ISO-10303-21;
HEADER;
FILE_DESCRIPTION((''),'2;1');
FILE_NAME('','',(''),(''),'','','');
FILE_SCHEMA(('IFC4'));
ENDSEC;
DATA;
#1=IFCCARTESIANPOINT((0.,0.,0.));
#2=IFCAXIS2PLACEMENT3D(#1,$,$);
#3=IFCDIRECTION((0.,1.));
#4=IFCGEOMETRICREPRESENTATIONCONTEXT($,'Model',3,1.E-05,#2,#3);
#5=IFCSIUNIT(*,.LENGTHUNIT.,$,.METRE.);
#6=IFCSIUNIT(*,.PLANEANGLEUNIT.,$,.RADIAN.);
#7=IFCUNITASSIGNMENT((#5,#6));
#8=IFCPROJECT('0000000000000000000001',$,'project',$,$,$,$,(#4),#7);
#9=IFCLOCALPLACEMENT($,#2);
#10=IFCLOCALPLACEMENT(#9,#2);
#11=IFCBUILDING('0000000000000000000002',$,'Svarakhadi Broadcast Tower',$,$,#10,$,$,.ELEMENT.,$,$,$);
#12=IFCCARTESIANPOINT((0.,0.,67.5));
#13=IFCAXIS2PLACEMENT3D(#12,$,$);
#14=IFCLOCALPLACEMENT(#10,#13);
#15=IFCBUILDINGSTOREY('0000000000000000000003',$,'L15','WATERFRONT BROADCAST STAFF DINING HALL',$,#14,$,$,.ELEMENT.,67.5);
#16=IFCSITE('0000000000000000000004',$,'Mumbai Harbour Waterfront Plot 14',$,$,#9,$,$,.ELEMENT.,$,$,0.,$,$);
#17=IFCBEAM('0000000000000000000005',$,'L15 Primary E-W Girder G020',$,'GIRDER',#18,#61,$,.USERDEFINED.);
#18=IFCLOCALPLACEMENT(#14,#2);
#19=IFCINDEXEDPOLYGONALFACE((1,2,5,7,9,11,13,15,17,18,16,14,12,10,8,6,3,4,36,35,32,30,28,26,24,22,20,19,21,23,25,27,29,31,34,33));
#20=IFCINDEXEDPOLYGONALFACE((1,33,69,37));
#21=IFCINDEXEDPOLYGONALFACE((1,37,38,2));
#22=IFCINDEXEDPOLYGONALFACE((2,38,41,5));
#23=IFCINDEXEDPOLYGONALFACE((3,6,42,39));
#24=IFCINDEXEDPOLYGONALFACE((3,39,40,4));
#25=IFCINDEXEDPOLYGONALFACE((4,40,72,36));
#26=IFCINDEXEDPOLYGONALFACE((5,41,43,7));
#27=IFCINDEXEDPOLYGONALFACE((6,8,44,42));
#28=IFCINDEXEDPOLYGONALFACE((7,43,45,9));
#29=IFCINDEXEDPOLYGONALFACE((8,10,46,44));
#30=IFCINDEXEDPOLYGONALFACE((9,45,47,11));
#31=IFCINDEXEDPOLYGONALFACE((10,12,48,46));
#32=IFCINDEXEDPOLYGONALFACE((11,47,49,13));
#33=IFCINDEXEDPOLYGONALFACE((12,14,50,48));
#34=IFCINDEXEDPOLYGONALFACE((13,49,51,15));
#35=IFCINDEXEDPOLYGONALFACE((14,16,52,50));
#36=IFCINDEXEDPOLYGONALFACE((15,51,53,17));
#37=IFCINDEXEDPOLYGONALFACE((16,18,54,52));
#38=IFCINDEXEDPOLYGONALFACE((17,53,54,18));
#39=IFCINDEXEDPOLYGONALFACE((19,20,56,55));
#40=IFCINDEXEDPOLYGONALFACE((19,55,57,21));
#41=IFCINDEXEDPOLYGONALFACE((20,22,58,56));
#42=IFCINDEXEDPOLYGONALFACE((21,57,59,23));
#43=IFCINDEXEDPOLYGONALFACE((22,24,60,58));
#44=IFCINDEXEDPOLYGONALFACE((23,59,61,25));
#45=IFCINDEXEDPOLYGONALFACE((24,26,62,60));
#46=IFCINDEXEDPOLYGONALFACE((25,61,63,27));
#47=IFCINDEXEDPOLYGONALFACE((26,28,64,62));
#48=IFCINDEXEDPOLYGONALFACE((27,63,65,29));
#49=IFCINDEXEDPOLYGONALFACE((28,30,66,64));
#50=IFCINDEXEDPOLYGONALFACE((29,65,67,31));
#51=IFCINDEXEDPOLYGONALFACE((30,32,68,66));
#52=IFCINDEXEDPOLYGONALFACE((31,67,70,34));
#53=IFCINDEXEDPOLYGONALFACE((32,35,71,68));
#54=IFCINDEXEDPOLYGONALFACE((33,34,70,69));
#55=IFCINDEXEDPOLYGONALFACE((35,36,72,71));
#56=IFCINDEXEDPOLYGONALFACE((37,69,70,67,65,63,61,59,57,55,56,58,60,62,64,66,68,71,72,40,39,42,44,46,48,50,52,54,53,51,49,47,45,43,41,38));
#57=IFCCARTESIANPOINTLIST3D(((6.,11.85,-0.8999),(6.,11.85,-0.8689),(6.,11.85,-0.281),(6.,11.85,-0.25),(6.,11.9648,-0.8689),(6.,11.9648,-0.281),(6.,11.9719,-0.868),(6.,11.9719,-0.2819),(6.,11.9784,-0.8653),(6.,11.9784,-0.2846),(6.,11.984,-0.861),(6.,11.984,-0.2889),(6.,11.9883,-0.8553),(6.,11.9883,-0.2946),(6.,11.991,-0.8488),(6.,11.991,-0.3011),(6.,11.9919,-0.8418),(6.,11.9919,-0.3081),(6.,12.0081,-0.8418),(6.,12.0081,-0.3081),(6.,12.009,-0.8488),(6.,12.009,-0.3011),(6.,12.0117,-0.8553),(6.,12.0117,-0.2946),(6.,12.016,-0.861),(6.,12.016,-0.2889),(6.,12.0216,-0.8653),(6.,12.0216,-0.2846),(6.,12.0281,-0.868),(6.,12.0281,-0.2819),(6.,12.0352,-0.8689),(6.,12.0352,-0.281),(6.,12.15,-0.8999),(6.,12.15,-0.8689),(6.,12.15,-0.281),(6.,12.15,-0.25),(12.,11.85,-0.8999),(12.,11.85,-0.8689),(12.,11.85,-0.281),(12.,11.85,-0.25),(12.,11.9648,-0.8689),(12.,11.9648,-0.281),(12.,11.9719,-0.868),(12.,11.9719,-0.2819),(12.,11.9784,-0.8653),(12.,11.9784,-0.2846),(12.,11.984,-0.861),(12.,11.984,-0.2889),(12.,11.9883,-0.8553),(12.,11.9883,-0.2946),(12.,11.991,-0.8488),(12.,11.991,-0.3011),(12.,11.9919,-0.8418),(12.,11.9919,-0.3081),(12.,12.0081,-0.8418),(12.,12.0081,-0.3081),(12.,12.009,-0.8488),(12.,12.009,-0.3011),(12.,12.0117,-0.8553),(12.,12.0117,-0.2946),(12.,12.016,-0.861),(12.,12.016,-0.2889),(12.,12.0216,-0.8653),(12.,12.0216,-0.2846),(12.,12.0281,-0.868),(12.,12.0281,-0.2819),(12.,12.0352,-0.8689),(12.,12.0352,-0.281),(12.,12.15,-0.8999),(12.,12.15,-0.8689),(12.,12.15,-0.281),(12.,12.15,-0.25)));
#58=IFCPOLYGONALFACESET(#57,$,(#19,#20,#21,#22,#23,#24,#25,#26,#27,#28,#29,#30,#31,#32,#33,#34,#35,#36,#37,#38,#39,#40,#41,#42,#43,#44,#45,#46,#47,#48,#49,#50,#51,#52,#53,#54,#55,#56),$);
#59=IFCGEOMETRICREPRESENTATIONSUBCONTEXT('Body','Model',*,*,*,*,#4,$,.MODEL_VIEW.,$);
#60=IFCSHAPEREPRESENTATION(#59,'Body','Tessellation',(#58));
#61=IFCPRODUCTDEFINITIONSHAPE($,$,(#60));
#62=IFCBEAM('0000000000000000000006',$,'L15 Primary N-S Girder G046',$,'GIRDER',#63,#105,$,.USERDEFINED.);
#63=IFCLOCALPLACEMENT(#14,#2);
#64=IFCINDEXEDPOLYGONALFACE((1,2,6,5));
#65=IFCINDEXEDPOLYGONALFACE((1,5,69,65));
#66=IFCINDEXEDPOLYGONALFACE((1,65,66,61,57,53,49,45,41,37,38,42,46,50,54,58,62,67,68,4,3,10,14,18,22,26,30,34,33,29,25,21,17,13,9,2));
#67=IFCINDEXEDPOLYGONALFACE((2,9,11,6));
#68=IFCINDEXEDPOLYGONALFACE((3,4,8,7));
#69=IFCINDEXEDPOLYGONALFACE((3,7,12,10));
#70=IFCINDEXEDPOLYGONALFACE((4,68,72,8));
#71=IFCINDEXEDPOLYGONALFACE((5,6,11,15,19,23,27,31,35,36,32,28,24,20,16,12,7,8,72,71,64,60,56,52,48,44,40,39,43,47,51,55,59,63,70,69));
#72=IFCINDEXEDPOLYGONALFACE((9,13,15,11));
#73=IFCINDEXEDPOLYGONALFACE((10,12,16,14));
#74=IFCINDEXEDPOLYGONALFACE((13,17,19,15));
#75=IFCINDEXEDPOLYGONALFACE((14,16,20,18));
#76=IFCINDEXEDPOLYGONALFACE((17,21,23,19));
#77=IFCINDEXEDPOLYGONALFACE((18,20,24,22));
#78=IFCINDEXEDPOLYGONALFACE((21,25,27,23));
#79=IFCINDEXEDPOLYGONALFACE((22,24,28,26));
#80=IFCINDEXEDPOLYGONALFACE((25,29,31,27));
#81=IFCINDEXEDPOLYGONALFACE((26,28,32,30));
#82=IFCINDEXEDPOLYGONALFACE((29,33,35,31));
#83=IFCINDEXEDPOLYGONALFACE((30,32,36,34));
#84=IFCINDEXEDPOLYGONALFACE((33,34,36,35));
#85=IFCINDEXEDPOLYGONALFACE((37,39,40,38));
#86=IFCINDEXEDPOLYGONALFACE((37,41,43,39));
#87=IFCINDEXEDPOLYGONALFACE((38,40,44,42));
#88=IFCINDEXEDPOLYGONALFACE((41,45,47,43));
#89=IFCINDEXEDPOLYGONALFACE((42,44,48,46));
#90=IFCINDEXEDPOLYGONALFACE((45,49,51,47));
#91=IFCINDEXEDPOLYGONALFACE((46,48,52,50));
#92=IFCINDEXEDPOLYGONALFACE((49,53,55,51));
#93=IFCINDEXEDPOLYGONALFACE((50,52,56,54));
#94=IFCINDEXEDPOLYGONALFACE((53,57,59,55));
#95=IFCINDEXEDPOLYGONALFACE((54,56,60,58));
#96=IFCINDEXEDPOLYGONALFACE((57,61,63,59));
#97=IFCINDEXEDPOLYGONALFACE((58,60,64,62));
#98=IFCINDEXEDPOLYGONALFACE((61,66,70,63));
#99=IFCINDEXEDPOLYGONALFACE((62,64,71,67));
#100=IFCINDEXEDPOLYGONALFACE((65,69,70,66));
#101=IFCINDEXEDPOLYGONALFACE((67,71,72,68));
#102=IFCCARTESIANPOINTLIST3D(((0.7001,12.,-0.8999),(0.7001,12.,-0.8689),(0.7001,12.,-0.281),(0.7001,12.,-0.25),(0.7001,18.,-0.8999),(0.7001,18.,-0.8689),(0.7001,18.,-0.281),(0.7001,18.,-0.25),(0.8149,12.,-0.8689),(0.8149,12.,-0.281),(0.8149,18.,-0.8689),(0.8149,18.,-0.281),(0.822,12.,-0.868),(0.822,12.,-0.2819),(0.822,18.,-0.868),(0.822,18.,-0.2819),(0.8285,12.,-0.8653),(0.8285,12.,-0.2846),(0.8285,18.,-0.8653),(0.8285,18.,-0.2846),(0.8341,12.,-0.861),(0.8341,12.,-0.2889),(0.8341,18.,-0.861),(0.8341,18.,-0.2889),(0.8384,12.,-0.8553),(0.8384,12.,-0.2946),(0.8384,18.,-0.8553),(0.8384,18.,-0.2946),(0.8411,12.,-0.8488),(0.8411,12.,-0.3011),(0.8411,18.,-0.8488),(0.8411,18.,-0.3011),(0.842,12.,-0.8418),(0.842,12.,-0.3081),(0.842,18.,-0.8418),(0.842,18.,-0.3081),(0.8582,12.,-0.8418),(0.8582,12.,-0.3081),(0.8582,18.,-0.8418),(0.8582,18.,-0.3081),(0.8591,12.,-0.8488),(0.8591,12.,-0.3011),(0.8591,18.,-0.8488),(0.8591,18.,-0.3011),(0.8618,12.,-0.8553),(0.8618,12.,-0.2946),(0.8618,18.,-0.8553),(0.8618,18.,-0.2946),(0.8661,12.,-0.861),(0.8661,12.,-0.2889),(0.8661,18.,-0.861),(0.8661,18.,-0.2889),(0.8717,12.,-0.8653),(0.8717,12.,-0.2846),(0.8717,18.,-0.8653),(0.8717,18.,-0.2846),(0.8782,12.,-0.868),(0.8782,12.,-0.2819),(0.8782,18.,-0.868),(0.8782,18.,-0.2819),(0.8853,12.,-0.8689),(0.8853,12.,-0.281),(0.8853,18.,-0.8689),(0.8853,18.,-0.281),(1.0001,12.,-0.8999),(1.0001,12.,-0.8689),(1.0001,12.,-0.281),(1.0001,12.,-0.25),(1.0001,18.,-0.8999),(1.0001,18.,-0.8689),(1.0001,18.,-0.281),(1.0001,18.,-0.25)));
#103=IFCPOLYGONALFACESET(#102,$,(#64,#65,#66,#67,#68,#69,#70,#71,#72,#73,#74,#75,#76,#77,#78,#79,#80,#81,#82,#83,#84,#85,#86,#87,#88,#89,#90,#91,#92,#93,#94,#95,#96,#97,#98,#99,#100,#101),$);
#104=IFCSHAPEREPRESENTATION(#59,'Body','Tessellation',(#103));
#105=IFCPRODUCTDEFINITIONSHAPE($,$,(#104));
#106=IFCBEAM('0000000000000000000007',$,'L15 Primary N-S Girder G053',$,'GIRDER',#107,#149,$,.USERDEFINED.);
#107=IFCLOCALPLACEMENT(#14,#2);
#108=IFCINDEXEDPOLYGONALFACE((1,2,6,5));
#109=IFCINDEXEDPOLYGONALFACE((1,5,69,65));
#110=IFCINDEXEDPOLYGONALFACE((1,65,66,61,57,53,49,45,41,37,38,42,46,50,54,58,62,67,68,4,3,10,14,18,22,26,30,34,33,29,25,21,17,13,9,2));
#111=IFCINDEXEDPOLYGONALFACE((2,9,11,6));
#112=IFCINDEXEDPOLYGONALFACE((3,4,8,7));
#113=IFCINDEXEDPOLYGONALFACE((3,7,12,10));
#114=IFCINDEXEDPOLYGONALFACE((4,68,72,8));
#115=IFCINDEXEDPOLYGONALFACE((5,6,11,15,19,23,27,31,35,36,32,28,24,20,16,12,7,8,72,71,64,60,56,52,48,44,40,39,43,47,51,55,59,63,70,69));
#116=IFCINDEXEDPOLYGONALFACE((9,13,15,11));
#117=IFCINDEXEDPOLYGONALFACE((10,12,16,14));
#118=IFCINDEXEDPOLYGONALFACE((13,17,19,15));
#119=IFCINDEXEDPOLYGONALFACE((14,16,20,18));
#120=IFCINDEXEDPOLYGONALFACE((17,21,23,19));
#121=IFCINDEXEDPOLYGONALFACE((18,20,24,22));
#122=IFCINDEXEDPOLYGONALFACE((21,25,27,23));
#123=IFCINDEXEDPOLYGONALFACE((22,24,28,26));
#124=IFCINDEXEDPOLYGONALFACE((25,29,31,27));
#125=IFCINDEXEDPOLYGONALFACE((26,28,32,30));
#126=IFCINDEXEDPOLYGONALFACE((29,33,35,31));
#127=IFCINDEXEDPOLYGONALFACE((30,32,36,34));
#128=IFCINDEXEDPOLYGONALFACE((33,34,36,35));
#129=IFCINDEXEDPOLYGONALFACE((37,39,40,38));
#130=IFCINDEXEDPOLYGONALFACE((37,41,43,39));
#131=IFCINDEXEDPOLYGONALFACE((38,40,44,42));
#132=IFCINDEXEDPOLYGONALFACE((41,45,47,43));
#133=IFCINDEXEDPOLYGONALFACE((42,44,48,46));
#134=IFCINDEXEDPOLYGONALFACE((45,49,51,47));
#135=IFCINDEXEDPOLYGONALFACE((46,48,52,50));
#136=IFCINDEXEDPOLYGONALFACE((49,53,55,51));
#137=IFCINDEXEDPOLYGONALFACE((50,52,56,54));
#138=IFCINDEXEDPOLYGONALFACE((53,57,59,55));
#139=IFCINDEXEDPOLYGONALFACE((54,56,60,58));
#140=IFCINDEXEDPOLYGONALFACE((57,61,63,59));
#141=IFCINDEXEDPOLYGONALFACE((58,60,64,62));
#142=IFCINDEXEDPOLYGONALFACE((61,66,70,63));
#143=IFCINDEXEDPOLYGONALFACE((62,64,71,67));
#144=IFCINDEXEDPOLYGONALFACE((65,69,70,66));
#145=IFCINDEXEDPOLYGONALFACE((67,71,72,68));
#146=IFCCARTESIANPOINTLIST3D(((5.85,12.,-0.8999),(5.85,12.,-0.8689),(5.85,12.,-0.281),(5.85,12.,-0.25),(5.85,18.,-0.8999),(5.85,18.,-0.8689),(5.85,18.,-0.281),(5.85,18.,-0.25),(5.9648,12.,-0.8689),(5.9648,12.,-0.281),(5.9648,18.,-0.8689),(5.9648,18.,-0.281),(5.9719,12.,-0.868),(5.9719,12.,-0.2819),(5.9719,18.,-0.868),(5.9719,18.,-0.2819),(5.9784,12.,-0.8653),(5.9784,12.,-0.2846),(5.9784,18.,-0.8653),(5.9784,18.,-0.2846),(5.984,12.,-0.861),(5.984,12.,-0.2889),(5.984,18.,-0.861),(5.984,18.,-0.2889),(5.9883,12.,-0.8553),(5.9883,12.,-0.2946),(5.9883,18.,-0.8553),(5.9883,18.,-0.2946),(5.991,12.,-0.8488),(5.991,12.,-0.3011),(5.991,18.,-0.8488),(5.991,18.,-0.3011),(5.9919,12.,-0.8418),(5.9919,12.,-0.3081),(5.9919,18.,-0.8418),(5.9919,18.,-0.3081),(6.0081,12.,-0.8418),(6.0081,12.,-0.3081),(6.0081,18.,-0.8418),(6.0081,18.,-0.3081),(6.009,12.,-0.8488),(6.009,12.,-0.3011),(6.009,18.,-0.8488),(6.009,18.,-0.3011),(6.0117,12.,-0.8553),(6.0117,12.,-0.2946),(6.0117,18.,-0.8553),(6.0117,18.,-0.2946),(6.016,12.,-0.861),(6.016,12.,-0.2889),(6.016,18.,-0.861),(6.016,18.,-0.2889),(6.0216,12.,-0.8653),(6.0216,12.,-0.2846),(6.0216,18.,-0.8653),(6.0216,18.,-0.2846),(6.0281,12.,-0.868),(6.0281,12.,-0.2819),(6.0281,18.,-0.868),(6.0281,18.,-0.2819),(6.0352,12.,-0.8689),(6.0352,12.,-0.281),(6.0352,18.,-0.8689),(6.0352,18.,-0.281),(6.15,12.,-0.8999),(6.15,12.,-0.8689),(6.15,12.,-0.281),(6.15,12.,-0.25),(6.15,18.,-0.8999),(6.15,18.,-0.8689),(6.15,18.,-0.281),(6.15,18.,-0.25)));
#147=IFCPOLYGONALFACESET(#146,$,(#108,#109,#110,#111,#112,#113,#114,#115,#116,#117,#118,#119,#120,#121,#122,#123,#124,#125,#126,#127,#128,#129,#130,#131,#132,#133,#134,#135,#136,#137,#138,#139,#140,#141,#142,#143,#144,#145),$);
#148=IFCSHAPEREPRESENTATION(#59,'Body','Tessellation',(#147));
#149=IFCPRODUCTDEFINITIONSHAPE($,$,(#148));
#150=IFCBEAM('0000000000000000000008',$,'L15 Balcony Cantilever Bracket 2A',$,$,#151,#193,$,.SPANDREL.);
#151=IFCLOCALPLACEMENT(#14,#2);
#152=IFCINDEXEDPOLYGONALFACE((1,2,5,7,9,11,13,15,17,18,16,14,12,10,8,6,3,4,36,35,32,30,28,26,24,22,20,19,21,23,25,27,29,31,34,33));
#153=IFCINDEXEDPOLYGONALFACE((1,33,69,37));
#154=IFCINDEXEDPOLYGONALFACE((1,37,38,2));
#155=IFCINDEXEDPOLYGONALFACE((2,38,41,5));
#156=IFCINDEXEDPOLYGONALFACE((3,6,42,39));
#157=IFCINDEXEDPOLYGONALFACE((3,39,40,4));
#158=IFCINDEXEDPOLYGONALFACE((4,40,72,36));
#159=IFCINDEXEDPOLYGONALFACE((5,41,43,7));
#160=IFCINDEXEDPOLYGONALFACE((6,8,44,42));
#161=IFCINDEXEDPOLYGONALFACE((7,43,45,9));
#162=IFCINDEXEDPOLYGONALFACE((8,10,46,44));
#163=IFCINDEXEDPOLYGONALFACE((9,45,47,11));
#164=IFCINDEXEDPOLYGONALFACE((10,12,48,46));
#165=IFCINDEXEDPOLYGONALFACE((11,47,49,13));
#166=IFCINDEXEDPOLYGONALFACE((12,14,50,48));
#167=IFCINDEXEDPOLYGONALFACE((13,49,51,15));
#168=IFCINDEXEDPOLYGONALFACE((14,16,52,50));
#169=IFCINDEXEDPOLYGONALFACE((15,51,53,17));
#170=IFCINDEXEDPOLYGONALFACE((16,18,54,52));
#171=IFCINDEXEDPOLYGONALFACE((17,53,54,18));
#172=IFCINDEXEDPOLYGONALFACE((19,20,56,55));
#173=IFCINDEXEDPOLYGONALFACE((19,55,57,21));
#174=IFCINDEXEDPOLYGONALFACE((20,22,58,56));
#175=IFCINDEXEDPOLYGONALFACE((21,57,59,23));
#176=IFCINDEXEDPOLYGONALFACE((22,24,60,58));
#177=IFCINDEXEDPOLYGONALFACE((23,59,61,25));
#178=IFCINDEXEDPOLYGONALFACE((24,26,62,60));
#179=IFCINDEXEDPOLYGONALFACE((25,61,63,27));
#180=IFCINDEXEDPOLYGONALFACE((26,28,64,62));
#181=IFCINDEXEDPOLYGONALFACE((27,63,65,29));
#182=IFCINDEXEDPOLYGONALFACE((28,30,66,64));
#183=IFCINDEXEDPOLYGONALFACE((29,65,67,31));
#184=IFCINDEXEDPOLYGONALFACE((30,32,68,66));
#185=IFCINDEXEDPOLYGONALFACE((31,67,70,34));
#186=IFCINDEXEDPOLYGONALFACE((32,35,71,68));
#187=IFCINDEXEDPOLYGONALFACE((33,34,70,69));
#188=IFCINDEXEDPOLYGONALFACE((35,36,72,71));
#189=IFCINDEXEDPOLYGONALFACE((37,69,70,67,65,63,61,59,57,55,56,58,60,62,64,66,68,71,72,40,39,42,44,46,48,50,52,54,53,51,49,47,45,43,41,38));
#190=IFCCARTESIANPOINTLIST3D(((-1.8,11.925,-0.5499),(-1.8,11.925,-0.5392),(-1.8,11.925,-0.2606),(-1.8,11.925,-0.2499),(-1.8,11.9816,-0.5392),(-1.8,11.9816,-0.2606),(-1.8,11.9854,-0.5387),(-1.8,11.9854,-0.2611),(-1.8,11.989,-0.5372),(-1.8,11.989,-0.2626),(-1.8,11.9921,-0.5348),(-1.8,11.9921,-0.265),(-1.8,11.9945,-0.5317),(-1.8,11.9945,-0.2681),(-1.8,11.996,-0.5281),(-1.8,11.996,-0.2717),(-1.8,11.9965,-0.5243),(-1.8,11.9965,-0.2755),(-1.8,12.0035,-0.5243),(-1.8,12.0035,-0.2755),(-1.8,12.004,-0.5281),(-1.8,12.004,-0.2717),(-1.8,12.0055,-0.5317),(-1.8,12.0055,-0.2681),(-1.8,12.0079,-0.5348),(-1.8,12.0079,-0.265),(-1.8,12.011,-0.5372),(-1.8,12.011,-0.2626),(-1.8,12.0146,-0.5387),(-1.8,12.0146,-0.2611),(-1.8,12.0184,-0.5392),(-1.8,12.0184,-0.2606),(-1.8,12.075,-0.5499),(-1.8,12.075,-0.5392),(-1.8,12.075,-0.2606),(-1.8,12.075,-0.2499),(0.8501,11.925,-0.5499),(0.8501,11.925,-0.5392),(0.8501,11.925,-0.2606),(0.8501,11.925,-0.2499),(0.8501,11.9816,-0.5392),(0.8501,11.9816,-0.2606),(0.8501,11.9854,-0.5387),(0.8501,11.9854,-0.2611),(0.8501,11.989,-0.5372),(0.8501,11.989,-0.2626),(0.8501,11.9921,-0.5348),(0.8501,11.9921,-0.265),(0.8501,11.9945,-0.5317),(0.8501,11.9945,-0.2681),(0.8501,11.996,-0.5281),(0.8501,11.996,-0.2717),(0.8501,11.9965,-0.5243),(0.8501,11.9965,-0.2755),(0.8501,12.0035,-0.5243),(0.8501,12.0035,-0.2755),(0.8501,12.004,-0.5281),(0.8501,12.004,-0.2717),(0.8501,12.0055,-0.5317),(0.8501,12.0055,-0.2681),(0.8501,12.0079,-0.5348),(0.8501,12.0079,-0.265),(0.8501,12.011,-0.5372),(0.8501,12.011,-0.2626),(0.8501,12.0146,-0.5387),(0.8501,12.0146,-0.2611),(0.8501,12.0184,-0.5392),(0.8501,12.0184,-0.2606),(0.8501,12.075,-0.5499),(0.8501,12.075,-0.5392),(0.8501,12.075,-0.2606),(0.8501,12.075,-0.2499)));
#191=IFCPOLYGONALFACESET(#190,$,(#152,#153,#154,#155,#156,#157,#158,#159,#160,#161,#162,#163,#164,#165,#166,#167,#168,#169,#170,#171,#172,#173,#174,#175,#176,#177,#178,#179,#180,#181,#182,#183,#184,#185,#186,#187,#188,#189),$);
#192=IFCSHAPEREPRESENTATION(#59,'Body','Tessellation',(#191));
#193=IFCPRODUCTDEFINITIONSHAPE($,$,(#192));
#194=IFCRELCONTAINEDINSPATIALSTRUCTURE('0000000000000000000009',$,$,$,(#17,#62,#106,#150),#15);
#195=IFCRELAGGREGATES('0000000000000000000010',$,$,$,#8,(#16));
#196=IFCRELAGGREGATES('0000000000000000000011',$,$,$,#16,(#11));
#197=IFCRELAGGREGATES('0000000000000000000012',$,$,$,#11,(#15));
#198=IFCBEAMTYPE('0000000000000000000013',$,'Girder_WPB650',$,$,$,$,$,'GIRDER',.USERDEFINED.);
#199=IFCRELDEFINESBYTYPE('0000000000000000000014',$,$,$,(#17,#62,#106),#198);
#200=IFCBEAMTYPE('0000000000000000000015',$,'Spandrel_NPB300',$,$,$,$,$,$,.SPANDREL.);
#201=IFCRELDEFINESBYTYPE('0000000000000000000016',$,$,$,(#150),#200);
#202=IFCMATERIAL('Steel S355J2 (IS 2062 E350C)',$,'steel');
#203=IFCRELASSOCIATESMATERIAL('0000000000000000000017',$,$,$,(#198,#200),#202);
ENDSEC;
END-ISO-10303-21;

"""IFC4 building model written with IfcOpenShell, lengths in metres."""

from ifc_helpers import new_model, si_unit, direction, frame, origin, origin_2d, place, context, subcontext, project, spatial, i_section, extrude, material, material_profile, profile_set, type_object, element, save


model = new_model("IFC4")

# Units and contexts
model_context = context("Model", 3, precision=1e-05, world=origin(), true_north=direction((0.0, 1.0)))
body_context = subcontext(model_context, "Body", "Model", "MODEL_VIEW")
ifc_project = project(units=[si_unit("LENGTHUNIT", "METRE"), si_unit("PLANEANGLEUNIT", "RADIAN")], contexts=[model_context])

# Site, building, storey
site_placement = place(None, origin())
site = spatial("IfcSite", under=ifc_project, at=site_placement, Name="Mumbai Harbour Waterfront Plot 14", CompositionType="ELEMENT", RefElevation=0.0)
building_placement = place(site_placement, origin())
building = spatial("IfcBuilding", under=site, at=building_placement, Name="Svarakhadi Broadcast Tower", CompositionType="ELEMENT")
storey_placement = place(building_placement, frame((0.0, 0.0, 67.5)))
storey = spatial("IfcBuildingStorey", under=building, at=storey_placement, Name="L15", Description="WATERFRONT BROADCAST STAFF DINING HALL", CompositionType="ELEMENT", Elevation=67.5)

# Shared definitions
ifc_material_1 = material(Name="Steel S355J2 (IS 2062 E350C)", Category="steel")

# Beams
ifc_material_profile_1 = material_profile(ifc_material_1, i_section(OverallWidth=0.3, OverallDepth=0.6499, WebThickness=0.0161, FlangeThickness=0.031, FilletRadius=0.0271, at=origin_2d()), Name="WPB 650x300x225")
ifc_profile_set_1 = profile_set([ifc_material_profile_1], Name="Steel S355J2 (IS 2062 E350C)")
beam_type_1 = type_object("IfcBeamType", Name="Girder_WPB650", ElementType="GIRDER", PredefinedType="USERDEFINED", material=ifc_profile_set_1)
for number, where, z_axis, x_axis, name in (
    (1, (6.0, 12.0, -0.575), (1.0, 0.0, 0.0), (0.0, 1.0, 0.0), "L15 Primary E-W Girder G020"),
    (2, (0.8501, 12.0, -0.575), (0.0, 1.0, 0.0), (-1.0, 0.0, 0.0), "L15 Primary N-S Girder G046"),
    (3, (6.0, 12.0, -0.575), (0.0, 1.0, 0.0), (-1.0, 0.0, 0.0), "L15 Primary N-S Girder G053"),
):
    element("IfcBeam", number, at=place(storey_placement, frame(where, z_axis=z_axis, x_axis=x_axis)), inside=storey, type_object=beam_type_1, Name=name, ObjectType="GIRDER", PredefinedType="USERDEFINED", context=body_context, shape_type="SweptSolid", body=[
        extrude(i_section(OverallWidth=0.3, OverallDepth=0.6499, WebThickness=0.0161, FlangeThickness=0.031, FilletRadius=0.0271, at=origin_2d()), origin(), (0.0, 0.0, 1.0), 6.0),
    ])
ifc_material_profile_2 = material_profile(ifc_material_1, i_section(OverallWidth=0.1499, OverallDepth=0.3, WebThickness=0.0071, FlangeThickness=0.0107, FilletRadius=0.0149, at=origin_2d()), Name="NPB 300x150x37")
ifc_profile_set_2 = profile_set([ifc_material_profile_2], Name="Steel S355J2 (IS 2062 E350C)")
beam_type_2 = type_object("IfcBeamType", Name="Spandrel_NPB300", PredefinedType="SPANDREL", material=ifc_profile_set_2)
beam_1_placement = place(storey_placement, frame((0.8501, 12.0, -0.3999), z_axis=(-1.0, 0.0, 0.0), x_axis=(0.0, -1.0, 0.0)))
element("IfcBeam", 4, at=beam_1_placement, inside=storey, type_object=beam_type_2, Name="L15 Balcony Cantilever Bracket 2A", PredefinedType="SPANDREL", context=body_context, shape_type="SweptSolid", body=[
    extrude(i_section(OverallWidth=0.1499, OverallDepth=0.3, WebThickness=0.0071, FlangeThickness=0.0107, FilletRadius=0.0149, at=origin_2d()), origin(), (0.0, 0.0, 1.0), 2.6501),
])

save(model, "model.ifc")
